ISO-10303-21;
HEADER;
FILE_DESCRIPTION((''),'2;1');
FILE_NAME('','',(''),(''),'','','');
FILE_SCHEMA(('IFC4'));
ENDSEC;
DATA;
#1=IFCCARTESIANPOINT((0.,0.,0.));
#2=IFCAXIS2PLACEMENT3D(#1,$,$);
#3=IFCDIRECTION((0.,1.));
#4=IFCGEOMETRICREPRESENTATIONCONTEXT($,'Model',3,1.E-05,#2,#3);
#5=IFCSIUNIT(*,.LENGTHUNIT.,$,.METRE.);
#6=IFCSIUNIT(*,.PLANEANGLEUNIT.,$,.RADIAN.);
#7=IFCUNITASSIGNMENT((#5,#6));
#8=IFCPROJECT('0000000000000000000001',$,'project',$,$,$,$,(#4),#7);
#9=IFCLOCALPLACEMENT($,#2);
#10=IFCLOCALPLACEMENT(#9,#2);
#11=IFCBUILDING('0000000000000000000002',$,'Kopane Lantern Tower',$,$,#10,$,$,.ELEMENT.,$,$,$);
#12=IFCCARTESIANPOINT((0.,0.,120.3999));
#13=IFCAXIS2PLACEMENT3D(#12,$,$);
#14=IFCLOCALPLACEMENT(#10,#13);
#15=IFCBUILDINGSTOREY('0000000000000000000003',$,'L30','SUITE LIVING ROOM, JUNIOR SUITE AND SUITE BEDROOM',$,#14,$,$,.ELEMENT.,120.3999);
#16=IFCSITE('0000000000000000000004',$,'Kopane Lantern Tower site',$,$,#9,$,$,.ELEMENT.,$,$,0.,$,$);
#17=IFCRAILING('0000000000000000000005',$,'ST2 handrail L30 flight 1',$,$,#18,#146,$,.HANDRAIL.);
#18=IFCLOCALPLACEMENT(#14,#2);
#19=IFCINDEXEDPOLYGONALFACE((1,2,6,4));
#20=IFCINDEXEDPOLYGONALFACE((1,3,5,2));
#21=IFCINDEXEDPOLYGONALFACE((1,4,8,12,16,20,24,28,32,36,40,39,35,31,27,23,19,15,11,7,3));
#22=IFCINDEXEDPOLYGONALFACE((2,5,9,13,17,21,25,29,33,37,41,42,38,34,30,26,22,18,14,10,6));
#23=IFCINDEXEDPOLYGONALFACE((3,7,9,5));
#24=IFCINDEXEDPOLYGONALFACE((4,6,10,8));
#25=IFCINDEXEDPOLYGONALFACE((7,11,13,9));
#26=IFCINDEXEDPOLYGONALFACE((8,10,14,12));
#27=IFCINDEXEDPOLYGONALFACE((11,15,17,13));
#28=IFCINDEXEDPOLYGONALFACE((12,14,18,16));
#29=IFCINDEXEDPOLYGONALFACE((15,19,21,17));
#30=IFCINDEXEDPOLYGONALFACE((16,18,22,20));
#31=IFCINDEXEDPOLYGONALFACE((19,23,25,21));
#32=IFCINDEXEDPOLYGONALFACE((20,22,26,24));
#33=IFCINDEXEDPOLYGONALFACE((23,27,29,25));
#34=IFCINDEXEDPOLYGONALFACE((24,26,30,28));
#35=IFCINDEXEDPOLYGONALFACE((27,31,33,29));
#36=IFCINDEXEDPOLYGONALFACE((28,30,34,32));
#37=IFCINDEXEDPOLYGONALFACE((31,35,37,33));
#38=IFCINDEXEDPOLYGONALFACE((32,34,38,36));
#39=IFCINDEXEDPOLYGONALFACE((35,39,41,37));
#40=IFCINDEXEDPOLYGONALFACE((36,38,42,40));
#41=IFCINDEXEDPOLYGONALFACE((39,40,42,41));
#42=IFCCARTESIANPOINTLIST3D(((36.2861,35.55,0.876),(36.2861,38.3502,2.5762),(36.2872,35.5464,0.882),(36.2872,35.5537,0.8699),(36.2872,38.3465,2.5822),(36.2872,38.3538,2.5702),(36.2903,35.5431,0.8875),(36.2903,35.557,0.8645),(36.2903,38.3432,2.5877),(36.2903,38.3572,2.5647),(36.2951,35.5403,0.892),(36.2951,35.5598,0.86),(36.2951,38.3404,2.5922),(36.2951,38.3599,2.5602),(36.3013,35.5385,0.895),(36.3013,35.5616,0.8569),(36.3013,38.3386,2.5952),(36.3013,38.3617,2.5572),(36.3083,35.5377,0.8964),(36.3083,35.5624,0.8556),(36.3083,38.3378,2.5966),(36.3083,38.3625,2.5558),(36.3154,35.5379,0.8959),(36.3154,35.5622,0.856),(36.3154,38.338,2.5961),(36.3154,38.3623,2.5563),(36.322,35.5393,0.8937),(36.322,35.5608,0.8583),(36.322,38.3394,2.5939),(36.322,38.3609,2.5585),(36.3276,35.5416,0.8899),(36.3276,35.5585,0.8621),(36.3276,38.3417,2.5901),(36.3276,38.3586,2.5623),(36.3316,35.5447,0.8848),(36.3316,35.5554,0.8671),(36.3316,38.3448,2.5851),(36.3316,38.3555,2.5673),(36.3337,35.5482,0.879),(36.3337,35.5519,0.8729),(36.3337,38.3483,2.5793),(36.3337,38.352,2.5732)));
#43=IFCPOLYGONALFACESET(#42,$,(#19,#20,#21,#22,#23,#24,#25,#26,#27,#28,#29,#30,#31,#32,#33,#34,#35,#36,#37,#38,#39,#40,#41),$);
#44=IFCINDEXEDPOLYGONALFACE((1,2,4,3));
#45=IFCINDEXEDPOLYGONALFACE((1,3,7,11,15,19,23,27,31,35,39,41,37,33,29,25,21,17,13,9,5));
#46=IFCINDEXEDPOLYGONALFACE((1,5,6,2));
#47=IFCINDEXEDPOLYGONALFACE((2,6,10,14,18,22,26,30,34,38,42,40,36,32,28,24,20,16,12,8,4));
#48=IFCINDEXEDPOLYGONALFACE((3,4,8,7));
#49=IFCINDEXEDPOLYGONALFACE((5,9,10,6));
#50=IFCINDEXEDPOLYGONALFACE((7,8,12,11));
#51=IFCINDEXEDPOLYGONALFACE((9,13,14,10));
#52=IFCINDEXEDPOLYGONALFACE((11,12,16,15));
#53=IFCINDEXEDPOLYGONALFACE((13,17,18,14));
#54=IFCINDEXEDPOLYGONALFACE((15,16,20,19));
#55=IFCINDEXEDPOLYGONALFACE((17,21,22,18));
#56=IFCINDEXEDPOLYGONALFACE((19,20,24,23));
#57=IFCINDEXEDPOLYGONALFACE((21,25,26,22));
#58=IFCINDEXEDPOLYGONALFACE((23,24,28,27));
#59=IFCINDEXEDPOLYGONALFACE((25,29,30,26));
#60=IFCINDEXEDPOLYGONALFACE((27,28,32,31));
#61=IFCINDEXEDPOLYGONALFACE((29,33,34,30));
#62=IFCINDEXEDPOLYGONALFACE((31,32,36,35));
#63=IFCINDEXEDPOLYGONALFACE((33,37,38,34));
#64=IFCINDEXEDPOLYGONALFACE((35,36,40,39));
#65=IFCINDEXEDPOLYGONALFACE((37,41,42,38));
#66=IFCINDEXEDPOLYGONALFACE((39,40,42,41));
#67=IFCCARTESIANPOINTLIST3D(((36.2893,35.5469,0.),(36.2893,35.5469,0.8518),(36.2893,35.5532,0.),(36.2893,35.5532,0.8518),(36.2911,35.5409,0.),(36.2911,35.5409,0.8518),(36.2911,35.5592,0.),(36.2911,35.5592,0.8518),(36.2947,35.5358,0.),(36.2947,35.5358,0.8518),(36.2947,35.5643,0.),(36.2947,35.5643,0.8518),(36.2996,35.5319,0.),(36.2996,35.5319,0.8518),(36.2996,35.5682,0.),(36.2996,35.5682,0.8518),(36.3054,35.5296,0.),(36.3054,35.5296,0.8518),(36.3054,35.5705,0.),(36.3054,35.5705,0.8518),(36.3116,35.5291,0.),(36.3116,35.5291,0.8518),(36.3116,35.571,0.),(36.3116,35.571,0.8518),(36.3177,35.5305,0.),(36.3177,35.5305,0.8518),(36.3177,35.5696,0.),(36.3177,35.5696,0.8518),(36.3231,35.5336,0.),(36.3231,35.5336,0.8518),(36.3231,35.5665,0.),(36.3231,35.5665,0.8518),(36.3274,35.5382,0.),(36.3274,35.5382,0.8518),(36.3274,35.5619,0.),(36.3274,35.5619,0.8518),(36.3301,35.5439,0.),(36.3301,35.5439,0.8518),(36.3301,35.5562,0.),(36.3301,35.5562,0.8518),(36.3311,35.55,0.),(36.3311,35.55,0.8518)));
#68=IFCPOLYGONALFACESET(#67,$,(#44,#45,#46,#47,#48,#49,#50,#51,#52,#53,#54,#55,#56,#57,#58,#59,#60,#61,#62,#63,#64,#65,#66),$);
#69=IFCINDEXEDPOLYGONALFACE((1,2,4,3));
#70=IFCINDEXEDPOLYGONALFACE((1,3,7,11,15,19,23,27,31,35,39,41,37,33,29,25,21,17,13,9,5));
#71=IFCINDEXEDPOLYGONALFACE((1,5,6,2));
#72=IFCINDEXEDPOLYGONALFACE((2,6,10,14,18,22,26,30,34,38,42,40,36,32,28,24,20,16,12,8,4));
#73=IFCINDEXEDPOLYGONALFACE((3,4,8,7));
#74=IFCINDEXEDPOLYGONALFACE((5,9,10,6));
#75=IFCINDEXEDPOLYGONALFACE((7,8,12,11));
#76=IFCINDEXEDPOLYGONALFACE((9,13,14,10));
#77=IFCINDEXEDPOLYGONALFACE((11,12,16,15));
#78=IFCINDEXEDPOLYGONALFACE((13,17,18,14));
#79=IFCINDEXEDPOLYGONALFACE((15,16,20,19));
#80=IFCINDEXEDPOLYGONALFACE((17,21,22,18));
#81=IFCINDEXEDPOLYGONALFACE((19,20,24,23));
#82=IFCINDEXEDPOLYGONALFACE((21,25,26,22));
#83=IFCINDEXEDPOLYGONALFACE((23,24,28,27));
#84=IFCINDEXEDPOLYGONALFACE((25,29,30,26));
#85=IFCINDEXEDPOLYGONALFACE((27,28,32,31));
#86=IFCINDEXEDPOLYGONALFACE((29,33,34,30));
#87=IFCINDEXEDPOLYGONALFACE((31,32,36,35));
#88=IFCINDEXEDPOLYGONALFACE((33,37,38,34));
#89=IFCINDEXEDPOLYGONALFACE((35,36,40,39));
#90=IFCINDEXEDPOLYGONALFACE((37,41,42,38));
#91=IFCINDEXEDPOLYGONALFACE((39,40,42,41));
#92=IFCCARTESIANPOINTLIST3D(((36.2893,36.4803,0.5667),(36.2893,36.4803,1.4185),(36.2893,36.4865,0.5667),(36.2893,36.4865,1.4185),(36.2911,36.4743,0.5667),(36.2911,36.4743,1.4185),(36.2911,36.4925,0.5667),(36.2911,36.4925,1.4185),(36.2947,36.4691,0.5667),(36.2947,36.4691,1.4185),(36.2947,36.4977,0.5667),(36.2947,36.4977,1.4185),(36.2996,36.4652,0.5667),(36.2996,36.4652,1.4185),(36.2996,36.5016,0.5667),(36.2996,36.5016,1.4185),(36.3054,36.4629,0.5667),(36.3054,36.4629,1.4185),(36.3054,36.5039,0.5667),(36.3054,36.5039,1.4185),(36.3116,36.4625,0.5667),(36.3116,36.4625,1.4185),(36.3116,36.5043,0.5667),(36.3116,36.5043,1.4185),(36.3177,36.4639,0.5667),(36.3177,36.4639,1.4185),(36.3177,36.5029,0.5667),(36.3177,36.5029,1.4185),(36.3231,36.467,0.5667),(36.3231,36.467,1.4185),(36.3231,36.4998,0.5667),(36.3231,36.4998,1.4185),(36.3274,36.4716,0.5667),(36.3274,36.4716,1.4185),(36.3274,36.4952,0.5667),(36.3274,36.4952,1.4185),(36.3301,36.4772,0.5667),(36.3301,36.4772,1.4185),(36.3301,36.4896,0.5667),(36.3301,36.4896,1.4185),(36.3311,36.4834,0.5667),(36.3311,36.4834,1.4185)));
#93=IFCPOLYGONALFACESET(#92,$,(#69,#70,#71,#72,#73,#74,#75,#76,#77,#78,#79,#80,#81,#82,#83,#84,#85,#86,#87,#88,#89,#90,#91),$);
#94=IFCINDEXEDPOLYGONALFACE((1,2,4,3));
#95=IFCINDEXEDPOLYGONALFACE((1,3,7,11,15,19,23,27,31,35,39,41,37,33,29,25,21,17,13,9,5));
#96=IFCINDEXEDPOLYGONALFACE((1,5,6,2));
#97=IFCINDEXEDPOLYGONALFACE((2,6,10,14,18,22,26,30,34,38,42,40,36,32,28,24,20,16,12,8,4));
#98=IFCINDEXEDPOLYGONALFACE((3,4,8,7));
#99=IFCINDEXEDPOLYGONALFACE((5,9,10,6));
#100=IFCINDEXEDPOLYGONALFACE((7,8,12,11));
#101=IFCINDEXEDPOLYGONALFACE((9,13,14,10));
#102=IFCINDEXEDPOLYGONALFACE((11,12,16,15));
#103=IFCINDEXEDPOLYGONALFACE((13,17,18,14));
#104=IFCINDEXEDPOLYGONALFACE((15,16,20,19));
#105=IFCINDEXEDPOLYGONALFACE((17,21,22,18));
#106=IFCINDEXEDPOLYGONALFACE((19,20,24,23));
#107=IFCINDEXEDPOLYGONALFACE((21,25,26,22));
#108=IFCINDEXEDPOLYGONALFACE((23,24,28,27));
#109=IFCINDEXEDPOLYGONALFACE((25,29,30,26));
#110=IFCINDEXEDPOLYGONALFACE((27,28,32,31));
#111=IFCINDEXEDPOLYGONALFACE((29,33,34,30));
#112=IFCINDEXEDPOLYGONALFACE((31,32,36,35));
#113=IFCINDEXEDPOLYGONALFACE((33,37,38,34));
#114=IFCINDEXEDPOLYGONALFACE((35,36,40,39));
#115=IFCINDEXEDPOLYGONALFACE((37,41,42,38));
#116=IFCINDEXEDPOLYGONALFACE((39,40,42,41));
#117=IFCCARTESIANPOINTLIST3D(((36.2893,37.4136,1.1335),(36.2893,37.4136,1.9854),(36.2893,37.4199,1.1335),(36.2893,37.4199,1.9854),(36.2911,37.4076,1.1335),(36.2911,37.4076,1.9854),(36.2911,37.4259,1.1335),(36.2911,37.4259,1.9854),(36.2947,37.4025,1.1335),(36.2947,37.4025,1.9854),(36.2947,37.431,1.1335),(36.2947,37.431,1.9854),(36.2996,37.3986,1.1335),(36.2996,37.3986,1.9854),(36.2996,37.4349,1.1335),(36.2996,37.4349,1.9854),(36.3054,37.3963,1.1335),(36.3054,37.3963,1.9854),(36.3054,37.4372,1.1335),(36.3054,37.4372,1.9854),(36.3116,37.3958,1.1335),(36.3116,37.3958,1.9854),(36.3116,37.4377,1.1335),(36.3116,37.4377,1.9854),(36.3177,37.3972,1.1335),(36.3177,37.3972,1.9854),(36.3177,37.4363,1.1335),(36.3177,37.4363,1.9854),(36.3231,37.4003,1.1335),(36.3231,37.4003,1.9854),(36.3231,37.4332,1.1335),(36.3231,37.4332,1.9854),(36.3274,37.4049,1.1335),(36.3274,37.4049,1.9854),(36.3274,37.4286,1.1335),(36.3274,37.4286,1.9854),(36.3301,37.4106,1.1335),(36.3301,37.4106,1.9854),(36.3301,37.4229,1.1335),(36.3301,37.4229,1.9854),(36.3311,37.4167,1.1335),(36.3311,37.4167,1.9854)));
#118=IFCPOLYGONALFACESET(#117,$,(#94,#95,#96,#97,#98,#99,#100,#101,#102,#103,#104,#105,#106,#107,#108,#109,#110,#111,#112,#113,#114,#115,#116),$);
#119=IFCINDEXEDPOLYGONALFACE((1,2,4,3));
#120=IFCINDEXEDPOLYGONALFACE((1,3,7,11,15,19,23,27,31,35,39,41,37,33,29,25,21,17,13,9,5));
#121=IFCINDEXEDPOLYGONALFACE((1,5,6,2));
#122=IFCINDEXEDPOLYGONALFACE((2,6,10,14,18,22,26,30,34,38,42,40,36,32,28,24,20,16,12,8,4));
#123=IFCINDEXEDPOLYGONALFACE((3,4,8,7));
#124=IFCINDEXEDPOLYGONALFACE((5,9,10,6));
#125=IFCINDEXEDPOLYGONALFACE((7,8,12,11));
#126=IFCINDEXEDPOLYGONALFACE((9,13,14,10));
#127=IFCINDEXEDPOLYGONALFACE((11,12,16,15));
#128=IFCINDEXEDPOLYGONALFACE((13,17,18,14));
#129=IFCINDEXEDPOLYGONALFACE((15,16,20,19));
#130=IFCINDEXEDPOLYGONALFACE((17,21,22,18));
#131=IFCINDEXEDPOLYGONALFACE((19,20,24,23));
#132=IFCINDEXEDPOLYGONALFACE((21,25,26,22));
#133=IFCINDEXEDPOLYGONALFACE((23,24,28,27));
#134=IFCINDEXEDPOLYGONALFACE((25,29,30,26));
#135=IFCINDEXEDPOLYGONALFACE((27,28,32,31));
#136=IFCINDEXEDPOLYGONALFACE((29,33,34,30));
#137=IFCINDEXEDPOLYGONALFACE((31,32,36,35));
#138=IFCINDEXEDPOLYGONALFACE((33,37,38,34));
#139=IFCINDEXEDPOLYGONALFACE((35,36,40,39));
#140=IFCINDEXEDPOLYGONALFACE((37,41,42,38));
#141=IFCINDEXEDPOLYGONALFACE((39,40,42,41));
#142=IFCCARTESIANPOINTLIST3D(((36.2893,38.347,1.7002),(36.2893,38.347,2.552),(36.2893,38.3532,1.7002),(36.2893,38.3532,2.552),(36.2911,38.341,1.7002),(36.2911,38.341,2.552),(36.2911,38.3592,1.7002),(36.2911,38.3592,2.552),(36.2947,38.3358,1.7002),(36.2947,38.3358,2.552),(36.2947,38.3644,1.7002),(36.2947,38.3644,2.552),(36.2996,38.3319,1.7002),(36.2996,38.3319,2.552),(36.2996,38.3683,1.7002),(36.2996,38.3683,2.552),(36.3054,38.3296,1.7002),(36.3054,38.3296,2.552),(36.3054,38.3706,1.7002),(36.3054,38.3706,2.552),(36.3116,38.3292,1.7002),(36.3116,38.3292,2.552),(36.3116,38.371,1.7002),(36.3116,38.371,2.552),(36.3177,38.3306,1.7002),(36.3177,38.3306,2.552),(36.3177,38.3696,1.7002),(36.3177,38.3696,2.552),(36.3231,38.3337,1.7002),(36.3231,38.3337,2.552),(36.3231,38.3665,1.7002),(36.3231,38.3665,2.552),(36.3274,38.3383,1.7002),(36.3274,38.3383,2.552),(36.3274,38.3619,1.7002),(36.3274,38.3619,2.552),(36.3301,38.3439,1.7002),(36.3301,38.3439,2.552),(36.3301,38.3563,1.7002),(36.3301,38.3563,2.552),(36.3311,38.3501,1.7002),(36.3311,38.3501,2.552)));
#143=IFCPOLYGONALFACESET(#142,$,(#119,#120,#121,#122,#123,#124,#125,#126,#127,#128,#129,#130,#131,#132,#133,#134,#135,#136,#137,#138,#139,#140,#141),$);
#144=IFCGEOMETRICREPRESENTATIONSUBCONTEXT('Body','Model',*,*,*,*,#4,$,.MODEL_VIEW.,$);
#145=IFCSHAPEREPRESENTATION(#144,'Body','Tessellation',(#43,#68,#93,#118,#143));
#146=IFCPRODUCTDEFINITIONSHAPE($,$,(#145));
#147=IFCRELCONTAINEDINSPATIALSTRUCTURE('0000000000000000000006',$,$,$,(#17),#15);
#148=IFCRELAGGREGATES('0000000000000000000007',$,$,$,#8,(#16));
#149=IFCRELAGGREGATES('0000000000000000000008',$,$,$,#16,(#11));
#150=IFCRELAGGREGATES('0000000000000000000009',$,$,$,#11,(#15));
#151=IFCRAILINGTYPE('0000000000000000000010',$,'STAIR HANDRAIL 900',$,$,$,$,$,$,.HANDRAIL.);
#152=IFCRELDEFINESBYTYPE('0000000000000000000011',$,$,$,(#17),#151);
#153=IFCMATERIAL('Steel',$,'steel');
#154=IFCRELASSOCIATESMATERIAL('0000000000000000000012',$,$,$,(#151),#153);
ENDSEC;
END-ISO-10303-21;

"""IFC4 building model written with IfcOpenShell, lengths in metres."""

from ifc_helpers import new_model, si_unit, direction, frame, origin, origin_2d, place, context, subcontext, project, spatial, circle, extrude, material, type_object, element, save


model = new_model("IFC4")

# Units and contexts
model_context = context("Model", 3, precision=1e-05, world=origin(), true_north=direction((0.0, 1.0)))
body_context = subcontext(model_context, "Body", "Model", "MODEL_VIEW")
ifc_project = project(units=[si_unit("LENGTHUNIT", "METRE"), si_unit("PLANEANGLEUNIT", "RADIAN")], contexts=[model_context])

# Site, building, storey
site_placement = place(None, origin())
site = spatial("IfcSite", under=ifc_project, at=site_placement, Name="Kopane Lantern Tower site", CompositionType="ELEMENT", RefElevation=0.0)
building_placement = place(site_placement, origin())
building = spatial("IfcBuilding", under=site, at=building_placement, Name="Kopane Lantern Tower", CompositionType="ELEMENT")
storey_placement = place(building_placement, frame((0.0, 0.0, 120.3999)))
storey = spatial("IfcBuildingStorey", under=building, at=storey_placement, Name="L30", Description="SUITE LIVING ROOM, JUNIOR SUITE AND SUITE BEDROOM", CompositionType="ELEMENT", Elevation=120.3999)

# Railing
ifc_material_1 = material(Name="Steel", Category="steel")
railing_type_1 = type_object("IfcRailingType", Name="STAIR HANDRAIL 900", PredefinedType="HANDRAIL", material=ifc_material_1)
for number, where, name in (
    (1, (36.3101, 35.55, 0.0), "ST2 handrail L30 flight 1"),
):
    element("IfcRailing", number, at=place(storey_placement, frame(where)), inside=storey, type_object=railing_type_1, Name=name, PredefinedType="HANDRAIL", context=body_context, shape_type="SweptSolid", body=[
        extrude(circle(Radius=0.0239, at=origin_2d()), frame((0.0, 0.0, 0.876), z_axis=(0.0, 0.854765, 0.519015), x_axis=(-1.0, 0.0, 0.0)), (0.0, 0.0, 1.0), 3.2759),
        extrude(circle(Radius=0.021, at=origin_2d()), origin(), (0.0, 0.0, 1.0), 0.8518),
        extrude(circle(Radius=0.021, at=origin_2d()), frame((0.0, 0.9333, 0.5667)), (0.0, 0.0, 1.0), 0.8518),
        extrude(circle(Radius=0.021, at=origin_2d()), frame((0.0, 1.8667, 1.1335)), (0.0, 0.0, 1.0), 0.8518),
        extrude(circle(Radius=0.021, at=origin_2d()), frame((0.0, 2.8, 1.7002)), (0.0, 0.0, 1.0), 0.8518),
    ])

save(model, "model.ifc")
